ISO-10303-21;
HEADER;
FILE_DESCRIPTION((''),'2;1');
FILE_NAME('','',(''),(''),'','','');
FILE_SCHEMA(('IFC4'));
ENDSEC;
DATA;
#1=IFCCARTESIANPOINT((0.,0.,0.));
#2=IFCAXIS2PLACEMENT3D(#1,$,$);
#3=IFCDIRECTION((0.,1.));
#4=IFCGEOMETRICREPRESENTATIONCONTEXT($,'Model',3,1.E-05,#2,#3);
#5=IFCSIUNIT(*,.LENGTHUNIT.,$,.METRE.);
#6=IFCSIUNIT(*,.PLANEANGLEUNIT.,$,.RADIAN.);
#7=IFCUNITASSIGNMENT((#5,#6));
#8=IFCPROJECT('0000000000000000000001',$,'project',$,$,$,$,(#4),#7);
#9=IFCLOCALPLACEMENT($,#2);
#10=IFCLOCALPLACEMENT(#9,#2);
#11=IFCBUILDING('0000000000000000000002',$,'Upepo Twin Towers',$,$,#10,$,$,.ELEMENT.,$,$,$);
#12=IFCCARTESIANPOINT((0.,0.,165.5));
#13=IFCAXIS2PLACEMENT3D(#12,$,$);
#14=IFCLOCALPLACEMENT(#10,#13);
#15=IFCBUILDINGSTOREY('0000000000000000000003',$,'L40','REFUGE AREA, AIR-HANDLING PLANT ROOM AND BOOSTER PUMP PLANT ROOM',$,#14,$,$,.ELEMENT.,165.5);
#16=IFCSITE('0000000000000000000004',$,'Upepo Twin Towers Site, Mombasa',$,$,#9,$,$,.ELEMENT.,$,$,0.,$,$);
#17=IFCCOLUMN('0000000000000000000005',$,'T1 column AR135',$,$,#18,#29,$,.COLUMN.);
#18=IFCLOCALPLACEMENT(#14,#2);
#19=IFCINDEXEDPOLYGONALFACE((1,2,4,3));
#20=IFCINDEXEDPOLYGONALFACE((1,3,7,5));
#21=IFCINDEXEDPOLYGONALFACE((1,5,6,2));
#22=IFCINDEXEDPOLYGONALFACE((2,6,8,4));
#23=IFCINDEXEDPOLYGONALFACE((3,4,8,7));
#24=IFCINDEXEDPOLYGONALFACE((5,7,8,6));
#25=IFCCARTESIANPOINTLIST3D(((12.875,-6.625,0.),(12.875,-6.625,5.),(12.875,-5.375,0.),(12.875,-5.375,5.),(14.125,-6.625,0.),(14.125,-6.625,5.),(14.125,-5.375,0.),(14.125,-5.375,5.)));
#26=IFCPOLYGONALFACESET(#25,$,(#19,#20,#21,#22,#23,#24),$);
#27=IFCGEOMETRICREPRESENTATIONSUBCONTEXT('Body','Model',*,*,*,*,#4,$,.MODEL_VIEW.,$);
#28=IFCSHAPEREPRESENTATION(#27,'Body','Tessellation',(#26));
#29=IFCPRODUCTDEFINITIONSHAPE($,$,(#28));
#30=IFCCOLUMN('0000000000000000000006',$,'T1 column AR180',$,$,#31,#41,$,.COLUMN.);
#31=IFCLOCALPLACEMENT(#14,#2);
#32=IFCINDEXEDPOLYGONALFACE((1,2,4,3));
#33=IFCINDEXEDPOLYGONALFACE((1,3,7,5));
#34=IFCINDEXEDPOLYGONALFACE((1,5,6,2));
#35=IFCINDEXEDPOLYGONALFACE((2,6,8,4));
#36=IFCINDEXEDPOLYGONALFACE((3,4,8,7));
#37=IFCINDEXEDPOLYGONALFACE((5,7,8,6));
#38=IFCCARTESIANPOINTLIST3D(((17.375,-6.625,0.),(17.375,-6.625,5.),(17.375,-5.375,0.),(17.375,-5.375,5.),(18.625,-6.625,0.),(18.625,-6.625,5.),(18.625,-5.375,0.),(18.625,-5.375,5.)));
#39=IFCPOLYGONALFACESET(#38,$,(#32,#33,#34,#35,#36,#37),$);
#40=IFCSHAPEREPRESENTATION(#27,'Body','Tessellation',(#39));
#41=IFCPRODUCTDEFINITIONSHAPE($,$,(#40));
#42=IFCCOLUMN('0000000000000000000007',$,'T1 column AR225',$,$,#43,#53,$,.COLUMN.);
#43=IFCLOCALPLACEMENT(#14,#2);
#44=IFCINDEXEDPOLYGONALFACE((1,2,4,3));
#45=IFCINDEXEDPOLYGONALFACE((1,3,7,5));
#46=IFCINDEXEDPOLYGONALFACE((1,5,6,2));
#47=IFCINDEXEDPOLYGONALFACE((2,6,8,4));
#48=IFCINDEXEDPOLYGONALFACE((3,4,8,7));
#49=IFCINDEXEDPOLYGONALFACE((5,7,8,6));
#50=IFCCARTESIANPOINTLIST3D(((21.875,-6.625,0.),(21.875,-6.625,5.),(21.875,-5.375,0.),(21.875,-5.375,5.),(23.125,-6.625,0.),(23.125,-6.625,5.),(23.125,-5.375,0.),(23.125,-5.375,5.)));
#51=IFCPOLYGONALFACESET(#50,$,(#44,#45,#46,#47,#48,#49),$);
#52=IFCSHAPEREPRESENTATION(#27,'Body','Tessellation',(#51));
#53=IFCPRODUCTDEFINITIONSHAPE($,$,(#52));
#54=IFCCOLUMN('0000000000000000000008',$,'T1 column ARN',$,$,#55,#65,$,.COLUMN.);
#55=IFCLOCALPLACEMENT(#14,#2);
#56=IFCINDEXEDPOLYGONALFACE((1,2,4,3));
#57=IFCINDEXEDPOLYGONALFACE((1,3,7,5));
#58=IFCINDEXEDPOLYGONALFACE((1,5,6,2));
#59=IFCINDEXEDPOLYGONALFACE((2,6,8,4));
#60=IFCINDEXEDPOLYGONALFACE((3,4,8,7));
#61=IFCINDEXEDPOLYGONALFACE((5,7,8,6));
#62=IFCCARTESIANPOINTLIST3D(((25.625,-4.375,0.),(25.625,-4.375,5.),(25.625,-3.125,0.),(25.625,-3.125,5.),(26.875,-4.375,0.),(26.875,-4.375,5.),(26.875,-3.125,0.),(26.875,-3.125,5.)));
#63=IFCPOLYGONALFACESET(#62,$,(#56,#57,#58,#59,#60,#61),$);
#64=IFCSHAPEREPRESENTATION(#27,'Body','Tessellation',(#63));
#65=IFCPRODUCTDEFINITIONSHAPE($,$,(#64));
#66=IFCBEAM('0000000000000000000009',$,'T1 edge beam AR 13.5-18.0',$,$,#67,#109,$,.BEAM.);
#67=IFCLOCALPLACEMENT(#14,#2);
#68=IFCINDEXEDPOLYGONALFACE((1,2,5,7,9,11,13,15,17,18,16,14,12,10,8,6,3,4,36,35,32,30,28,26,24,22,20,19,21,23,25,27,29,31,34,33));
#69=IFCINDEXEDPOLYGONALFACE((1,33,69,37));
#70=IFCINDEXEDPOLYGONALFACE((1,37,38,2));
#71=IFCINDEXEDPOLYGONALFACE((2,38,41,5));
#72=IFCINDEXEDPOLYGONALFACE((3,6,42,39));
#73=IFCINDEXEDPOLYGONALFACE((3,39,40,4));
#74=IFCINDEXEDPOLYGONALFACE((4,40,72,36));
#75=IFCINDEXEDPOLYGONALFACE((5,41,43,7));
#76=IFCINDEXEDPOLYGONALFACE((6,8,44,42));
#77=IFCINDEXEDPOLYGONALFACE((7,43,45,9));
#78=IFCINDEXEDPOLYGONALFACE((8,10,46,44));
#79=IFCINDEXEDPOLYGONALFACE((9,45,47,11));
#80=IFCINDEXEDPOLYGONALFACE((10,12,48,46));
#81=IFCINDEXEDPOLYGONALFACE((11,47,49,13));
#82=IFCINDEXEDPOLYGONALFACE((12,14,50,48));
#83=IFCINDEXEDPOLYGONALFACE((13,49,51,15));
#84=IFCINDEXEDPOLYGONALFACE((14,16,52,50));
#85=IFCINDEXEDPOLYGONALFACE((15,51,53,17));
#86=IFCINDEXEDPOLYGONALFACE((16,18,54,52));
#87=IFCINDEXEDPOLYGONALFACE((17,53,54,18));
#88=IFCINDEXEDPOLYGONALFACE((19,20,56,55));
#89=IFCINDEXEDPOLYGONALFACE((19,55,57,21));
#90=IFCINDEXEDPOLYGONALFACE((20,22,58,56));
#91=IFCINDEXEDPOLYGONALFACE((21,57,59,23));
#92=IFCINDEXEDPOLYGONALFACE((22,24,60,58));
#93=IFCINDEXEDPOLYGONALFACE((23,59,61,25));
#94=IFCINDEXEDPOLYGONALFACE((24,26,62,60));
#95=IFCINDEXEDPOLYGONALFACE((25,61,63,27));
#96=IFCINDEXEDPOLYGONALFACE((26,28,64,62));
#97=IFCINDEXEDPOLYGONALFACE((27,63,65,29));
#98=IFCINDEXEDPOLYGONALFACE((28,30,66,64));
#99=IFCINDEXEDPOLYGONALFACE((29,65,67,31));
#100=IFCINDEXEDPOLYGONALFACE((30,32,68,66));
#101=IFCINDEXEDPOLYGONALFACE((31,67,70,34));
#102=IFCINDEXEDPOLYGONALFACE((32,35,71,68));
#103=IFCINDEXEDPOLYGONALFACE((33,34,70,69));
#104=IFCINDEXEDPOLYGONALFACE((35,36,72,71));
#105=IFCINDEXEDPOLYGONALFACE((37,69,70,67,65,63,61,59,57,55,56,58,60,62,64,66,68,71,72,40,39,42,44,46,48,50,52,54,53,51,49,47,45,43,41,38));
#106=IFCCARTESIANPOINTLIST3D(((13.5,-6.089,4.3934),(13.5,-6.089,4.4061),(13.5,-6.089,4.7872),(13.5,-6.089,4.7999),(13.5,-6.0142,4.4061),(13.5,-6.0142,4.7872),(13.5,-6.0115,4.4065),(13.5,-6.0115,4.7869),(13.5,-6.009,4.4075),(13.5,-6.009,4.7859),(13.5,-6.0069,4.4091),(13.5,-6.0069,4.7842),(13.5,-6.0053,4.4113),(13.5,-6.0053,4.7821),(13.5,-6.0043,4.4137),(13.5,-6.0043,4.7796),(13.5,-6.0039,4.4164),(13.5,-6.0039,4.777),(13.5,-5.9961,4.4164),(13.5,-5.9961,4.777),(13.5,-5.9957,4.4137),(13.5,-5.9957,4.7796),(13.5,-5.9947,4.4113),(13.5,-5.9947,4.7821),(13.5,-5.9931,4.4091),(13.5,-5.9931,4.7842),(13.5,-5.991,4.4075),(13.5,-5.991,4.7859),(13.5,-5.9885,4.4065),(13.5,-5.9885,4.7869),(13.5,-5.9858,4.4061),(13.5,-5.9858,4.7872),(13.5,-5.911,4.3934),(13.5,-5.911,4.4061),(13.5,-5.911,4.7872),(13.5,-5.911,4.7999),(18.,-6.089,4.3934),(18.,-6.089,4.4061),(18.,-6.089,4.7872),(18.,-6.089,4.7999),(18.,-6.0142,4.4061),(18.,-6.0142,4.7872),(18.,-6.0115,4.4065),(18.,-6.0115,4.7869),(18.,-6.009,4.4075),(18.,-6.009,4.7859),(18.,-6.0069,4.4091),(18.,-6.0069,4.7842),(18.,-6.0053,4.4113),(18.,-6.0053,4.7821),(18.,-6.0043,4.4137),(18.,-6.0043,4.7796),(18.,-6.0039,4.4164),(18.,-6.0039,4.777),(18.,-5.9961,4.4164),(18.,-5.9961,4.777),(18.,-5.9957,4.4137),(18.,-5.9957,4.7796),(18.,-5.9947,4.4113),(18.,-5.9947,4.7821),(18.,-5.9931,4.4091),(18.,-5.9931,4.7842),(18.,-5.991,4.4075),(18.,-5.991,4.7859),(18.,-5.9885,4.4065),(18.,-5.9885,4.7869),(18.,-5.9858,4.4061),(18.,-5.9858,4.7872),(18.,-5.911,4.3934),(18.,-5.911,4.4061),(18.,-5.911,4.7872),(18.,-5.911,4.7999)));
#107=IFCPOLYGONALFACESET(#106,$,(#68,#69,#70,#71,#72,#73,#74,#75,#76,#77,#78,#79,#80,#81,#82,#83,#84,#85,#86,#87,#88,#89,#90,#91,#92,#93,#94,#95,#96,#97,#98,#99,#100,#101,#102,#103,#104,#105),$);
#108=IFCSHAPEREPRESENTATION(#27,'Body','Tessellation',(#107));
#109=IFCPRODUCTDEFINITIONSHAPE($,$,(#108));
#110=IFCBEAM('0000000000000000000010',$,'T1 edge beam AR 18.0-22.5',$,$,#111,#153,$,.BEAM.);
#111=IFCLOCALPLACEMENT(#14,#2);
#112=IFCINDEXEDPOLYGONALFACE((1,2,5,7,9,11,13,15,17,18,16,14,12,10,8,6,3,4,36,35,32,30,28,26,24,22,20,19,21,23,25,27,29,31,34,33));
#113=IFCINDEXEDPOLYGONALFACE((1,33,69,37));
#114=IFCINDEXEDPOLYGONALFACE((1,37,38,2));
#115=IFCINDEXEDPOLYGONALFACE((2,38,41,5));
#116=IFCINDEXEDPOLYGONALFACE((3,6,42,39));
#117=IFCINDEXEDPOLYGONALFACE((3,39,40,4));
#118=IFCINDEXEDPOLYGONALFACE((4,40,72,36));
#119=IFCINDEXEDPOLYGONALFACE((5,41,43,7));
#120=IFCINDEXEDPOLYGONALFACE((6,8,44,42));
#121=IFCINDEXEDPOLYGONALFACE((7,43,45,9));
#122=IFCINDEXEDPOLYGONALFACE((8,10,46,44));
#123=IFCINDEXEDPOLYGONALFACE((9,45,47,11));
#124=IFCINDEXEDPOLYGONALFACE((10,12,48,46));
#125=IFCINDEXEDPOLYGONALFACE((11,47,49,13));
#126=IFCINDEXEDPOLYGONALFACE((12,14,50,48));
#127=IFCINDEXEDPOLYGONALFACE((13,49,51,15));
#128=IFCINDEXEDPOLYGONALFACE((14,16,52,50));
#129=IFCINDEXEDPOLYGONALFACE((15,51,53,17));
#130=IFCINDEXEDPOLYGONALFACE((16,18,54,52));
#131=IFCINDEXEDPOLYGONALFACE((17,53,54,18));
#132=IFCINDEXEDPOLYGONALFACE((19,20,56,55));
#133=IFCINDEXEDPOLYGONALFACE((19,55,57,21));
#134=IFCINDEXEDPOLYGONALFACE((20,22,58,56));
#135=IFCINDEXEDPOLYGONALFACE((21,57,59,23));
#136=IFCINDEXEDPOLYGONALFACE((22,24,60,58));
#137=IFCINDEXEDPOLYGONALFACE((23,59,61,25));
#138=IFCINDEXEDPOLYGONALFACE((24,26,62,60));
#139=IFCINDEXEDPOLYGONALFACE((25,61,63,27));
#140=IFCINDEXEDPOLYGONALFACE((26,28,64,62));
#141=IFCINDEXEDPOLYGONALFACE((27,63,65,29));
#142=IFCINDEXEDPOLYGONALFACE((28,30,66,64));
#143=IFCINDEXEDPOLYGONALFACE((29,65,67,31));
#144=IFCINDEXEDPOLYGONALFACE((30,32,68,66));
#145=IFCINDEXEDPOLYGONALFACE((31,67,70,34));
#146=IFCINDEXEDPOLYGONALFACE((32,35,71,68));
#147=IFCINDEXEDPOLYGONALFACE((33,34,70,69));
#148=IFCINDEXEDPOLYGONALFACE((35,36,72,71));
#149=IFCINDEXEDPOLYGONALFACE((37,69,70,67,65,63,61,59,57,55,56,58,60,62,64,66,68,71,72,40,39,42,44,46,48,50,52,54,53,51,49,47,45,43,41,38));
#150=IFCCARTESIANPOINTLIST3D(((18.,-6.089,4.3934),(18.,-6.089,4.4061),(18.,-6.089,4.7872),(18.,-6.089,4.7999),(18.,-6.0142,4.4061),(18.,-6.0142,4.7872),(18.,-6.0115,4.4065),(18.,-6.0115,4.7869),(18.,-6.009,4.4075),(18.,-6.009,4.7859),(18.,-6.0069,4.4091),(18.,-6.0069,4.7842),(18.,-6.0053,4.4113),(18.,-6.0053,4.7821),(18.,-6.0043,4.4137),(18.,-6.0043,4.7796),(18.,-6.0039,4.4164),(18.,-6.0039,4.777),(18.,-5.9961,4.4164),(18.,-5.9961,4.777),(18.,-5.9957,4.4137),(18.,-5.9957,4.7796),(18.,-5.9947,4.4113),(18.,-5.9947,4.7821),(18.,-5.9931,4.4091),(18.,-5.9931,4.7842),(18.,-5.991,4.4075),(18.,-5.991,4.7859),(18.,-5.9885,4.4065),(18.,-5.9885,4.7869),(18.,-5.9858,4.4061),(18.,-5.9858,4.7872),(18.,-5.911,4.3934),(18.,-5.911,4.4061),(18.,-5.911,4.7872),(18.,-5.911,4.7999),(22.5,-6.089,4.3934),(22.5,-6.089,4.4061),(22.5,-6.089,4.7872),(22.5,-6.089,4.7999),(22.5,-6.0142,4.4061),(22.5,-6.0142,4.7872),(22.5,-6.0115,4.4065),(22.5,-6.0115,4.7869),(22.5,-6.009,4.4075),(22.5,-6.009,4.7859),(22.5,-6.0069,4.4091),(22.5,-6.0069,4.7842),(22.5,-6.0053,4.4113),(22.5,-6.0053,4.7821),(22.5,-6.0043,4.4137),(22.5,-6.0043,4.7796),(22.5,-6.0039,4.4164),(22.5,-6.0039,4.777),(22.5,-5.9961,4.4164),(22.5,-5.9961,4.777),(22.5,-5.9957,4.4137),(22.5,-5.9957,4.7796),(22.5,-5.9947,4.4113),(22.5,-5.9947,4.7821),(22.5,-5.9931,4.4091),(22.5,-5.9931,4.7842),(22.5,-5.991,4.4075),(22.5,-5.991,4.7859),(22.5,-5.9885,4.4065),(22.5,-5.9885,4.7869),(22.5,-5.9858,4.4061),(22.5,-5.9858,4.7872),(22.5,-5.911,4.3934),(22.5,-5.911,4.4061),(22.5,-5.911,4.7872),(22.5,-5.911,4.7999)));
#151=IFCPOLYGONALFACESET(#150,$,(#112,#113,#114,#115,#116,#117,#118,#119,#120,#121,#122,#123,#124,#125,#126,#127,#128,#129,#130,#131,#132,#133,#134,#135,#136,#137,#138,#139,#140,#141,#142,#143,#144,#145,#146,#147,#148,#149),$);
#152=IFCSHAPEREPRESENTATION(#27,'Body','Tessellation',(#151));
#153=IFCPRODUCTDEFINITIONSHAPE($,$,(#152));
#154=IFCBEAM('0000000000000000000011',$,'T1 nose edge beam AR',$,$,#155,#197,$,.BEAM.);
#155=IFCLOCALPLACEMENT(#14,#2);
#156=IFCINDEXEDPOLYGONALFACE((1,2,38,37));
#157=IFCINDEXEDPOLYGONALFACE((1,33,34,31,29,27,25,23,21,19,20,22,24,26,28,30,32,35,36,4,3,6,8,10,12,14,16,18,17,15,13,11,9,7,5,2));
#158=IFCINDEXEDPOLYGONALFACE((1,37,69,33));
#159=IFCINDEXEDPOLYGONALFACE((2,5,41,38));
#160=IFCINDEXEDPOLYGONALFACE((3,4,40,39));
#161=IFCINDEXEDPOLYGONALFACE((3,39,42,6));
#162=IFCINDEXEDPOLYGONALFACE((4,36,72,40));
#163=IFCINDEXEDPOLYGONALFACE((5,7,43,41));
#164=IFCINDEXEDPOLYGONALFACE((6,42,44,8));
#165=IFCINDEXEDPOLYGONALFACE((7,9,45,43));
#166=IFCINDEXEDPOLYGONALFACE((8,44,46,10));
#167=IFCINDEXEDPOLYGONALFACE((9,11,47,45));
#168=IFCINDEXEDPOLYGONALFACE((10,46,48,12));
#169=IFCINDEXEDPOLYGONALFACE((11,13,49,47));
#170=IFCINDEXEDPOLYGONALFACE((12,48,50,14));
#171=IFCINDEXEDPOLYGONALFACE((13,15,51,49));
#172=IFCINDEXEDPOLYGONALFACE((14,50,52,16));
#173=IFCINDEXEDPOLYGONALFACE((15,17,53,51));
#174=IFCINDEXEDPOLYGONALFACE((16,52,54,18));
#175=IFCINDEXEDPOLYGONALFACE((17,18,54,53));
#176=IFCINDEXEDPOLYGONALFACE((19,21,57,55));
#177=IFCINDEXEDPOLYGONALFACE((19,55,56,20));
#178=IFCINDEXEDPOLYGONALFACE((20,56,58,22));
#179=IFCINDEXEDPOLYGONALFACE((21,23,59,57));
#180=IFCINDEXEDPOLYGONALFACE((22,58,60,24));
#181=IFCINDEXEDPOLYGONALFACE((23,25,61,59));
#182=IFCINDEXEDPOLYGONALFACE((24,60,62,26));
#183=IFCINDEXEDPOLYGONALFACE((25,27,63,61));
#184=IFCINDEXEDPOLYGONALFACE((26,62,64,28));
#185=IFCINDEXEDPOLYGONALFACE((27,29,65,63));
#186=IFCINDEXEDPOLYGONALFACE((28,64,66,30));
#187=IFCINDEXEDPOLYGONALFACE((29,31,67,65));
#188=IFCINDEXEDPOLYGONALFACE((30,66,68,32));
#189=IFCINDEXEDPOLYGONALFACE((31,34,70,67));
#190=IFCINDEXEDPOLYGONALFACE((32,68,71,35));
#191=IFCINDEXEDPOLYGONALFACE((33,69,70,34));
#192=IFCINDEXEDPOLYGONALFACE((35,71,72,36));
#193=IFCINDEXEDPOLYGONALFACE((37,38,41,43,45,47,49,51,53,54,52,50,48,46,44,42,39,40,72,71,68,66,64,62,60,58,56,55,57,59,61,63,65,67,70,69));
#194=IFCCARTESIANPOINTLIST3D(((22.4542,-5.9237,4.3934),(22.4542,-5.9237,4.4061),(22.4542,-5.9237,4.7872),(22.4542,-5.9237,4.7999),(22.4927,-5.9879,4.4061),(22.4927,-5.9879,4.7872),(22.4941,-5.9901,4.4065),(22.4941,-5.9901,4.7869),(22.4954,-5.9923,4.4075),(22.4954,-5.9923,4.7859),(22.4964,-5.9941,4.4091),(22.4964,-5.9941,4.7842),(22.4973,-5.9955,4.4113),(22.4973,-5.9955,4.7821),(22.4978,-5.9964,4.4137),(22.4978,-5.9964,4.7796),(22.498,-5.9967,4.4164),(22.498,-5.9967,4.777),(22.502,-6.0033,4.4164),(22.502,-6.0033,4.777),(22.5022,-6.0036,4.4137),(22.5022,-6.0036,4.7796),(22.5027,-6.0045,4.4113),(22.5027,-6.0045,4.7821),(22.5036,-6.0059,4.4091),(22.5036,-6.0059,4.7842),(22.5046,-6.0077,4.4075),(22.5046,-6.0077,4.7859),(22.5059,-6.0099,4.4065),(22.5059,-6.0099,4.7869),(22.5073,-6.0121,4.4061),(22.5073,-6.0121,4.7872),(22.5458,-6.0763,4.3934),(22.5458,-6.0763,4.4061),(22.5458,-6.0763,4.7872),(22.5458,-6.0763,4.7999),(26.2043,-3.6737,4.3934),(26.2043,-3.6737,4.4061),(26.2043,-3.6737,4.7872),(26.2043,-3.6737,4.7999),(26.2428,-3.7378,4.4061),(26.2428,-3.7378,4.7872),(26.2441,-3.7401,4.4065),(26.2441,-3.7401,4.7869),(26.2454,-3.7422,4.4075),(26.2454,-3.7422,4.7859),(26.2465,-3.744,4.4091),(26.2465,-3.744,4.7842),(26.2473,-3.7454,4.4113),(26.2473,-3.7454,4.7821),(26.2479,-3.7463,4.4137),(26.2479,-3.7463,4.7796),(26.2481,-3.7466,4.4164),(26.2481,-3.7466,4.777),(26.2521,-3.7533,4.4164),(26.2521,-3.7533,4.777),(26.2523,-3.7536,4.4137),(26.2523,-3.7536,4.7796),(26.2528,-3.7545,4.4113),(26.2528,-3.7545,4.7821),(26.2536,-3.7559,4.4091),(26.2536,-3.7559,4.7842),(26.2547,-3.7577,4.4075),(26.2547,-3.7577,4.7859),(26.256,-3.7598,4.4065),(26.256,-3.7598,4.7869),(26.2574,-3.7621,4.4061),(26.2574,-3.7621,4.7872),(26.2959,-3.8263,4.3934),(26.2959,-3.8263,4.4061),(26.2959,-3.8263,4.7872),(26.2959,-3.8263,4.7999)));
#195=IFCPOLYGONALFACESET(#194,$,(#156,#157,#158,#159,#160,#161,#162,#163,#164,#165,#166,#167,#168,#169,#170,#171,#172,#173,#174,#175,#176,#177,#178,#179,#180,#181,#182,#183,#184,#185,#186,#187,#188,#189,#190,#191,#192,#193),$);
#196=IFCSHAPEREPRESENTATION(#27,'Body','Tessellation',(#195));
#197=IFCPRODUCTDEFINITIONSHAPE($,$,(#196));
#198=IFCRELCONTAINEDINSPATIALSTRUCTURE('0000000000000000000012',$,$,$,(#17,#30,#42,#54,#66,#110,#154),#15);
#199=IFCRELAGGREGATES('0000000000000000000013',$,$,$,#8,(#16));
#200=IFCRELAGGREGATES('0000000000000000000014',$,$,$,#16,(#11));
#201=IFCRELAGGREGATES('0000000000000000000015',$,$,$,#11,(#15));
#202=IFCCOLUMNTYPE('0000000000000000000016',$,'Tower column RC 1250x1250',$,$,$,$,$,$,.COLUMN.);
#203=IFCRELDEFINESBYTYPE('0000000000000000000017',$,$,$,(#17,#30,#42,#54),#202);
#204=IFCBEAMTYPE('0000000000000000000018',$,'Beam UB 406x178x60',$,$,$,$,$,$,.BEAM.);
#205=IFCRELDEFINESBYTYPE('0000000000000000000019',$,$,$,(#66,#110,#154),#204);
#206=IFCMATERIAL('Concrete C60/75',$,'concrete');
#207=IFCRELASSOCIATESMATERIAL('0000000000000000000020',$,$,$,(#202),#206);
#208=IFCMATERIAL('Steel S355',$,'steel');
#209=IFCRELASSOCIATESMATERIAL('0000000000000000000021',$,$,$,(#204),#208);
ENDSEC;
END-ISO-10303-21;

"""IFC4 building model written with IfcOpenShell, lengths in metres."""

from ifc_helpers import new_model, si_unit, direction, frame, origin, origin_2d, place, context, subcontext, project, spatial, rectangle, i_section, extrude, material, material_profile, profile_set, type_object, element, save


model = new_model("IFC4")

# Units and contexts
model_context = context("Model", 3, precision=1e-05, world=origin(), true_north=direction((0.0, 1.0)))
body_context = subcontext(model_context, "Body", "Model", "MODEL_VIEW")
ifc_project = project(units=[si_unit("LENGTHUNIT", "METRE"), si_unit("PLANEANGLEUNIT", "RADIAN")], contexts=[model_context])

# Site, building, storey
site_placement = place(None, origin())
site = spatial("IfcSite", under=ifc_project, at=site_placement, Name="Upepo Twin Towers Site, Mombasa", CompositionType="ELEMENT", RefElevation=0.0)
building_placement = place(site_placement, origin())
building = spatial("IfcBuilding", under=site, at=building_placement, Name="Upepo Twin Towers", CompositionType="ELEMENT")
storey_placement = place(building_placement, frame((0.0, 0.0, 165.5)))
storey = spatial("IfcBuildingStorey", under=building, at=storey_placement, Name="L40", Description="REFUGE AREA, AIR-HANDLING PLANT ROOM AND BOOSTER PUMP PLANT ROOM", CompositionType="ELEMENT", Elevation=165.5)

# Columns
ifc_material_1 = material(Name="Concrete C60/75", Category="concrete")
ifc_material_profile_1 = material_profile(ifc_material_1, rectangle(XDim=1.25, YDim=1.25, at=origin_2d()), Name="RC 1250x1250")
ifc_profile_set_1 = profile_set([ifc_material_profile_1], Name="Concrete C60/75")
column_type = type_object("IfcColumnType", Name="Tower column RC 1250x1250", PredefinedType="COLUMN", material=ifc_profile_set_1)
for number, where, z_axis, x_axis, name in (
    (1, (13.5, -6.0, 0.0), (0.0, 0.0, 1.0), (1.0, 0.0, 0.0), "T1 column AR135"),
    (2, (18.0, -6.0, 0.0), (0.0, 0.0, 1.0), (1.0, 0.0, 0.0), "T1 column AR180"),
    (3, (22.5, -6.0, 0.0), (0.0, 0.0, 1.0), (1.0, 0.0, 0.0), "T1 column AR225"),
    (4, (26.25, -3.75, 0.0), (0.0, 0.0, 1.0), (1.0, 0.0, 0.0), "T1 column ARN"),
):
    element("IfcColumn", number, at=place(storey_placement, frame(where, z_axis=z_axis, x_axis=x_axis)), inside=storey, type_object=column_type, Name=name, PredefinedType="COLUMN", context=body_context, shape_type="SweptSolid", body=[
        extrude(rectangle(XDim=1.25, YDim=1.25, at=origin_2d()), origin(), (0.0, 0.0, 1.0), 5.0),
    ])

# Beams
ifc_material_2 = material(Name="Steel S355", Category="steel")
ifc_material_profile_2 = material_profile(ifc_material_2, i_section(OverallWidth=0.178, OverallDepth=0.4065, WebThickness=0.0078, FlangeThickness=0.0127, FilletRadius=0.0103, at=origin_2d()), Name="UB 406x178x60")
ifc_profile_set_2 = profile_set([ifc_material_profile_2], Name="Steel S355")
beam_type_1 = type_object("IfcBeamType", Name="Beam UB 406x178x60", PredefinedType="BEAM", material=ifc_profile_set_2)
for number, where, z_axis, x_axis, name in (
    (5, (13.5, -6.0, 4.5967), (1.0, 0.0, 0.0), (0.0, 1.0, 0.0), "T1 edge beam AR 13.5-18.0"),
    (6, (18.0, -6.0, 4.5967), (1.0, 0.0, 0.0), (0.0, 1.0, 0.0), "T1 edge beam AR 18.0-22.5"),
):
    element("IfcBeam", number, at=place(storey_placement, frame(where, z_axis=z_axis, x_axis=x_axis)), inside=storey, type_object=beam_type_1, Name=name, PredefinedType="BEAM", context=body_context, shape_type="SweptSolid", body=[
        extrude(i_section(OverallWidth=0.178, OverallDepth=0.4065, WebThickness=0.0078, FlangeThickness=0.0127, FilletRadius=0.0103, at=origin_2d()), origin(), (0.0, 0.0, 1.0), 4.5),
    ])
beam_1_placement = place(storey_placement, frame((22.5, -6.0, 4.5967), z_axis=(0.857493, 0.514496, 0.0), x_axis=(-0.514496, 0.857493, 0.0)))
element("IfcBeam", 7, at=beam_1_placement, inside=storey, type_object=beam_type_1, Name="T1 nose edge beam AR", PredefinedType="BEAM", context=body_context, shape_type="SweptSolid", body=[
    extrude(i_section(OverallWidth=0.178, OverallDepth=0.4065, WebThickness=0.0078, FlangeThickness=0.0127, FilletRadius=0.0103, at=origin_2d()), origin(), (0.0, 0.0, 1.0), 4.3733),
])

save(model, "model.ifc")
